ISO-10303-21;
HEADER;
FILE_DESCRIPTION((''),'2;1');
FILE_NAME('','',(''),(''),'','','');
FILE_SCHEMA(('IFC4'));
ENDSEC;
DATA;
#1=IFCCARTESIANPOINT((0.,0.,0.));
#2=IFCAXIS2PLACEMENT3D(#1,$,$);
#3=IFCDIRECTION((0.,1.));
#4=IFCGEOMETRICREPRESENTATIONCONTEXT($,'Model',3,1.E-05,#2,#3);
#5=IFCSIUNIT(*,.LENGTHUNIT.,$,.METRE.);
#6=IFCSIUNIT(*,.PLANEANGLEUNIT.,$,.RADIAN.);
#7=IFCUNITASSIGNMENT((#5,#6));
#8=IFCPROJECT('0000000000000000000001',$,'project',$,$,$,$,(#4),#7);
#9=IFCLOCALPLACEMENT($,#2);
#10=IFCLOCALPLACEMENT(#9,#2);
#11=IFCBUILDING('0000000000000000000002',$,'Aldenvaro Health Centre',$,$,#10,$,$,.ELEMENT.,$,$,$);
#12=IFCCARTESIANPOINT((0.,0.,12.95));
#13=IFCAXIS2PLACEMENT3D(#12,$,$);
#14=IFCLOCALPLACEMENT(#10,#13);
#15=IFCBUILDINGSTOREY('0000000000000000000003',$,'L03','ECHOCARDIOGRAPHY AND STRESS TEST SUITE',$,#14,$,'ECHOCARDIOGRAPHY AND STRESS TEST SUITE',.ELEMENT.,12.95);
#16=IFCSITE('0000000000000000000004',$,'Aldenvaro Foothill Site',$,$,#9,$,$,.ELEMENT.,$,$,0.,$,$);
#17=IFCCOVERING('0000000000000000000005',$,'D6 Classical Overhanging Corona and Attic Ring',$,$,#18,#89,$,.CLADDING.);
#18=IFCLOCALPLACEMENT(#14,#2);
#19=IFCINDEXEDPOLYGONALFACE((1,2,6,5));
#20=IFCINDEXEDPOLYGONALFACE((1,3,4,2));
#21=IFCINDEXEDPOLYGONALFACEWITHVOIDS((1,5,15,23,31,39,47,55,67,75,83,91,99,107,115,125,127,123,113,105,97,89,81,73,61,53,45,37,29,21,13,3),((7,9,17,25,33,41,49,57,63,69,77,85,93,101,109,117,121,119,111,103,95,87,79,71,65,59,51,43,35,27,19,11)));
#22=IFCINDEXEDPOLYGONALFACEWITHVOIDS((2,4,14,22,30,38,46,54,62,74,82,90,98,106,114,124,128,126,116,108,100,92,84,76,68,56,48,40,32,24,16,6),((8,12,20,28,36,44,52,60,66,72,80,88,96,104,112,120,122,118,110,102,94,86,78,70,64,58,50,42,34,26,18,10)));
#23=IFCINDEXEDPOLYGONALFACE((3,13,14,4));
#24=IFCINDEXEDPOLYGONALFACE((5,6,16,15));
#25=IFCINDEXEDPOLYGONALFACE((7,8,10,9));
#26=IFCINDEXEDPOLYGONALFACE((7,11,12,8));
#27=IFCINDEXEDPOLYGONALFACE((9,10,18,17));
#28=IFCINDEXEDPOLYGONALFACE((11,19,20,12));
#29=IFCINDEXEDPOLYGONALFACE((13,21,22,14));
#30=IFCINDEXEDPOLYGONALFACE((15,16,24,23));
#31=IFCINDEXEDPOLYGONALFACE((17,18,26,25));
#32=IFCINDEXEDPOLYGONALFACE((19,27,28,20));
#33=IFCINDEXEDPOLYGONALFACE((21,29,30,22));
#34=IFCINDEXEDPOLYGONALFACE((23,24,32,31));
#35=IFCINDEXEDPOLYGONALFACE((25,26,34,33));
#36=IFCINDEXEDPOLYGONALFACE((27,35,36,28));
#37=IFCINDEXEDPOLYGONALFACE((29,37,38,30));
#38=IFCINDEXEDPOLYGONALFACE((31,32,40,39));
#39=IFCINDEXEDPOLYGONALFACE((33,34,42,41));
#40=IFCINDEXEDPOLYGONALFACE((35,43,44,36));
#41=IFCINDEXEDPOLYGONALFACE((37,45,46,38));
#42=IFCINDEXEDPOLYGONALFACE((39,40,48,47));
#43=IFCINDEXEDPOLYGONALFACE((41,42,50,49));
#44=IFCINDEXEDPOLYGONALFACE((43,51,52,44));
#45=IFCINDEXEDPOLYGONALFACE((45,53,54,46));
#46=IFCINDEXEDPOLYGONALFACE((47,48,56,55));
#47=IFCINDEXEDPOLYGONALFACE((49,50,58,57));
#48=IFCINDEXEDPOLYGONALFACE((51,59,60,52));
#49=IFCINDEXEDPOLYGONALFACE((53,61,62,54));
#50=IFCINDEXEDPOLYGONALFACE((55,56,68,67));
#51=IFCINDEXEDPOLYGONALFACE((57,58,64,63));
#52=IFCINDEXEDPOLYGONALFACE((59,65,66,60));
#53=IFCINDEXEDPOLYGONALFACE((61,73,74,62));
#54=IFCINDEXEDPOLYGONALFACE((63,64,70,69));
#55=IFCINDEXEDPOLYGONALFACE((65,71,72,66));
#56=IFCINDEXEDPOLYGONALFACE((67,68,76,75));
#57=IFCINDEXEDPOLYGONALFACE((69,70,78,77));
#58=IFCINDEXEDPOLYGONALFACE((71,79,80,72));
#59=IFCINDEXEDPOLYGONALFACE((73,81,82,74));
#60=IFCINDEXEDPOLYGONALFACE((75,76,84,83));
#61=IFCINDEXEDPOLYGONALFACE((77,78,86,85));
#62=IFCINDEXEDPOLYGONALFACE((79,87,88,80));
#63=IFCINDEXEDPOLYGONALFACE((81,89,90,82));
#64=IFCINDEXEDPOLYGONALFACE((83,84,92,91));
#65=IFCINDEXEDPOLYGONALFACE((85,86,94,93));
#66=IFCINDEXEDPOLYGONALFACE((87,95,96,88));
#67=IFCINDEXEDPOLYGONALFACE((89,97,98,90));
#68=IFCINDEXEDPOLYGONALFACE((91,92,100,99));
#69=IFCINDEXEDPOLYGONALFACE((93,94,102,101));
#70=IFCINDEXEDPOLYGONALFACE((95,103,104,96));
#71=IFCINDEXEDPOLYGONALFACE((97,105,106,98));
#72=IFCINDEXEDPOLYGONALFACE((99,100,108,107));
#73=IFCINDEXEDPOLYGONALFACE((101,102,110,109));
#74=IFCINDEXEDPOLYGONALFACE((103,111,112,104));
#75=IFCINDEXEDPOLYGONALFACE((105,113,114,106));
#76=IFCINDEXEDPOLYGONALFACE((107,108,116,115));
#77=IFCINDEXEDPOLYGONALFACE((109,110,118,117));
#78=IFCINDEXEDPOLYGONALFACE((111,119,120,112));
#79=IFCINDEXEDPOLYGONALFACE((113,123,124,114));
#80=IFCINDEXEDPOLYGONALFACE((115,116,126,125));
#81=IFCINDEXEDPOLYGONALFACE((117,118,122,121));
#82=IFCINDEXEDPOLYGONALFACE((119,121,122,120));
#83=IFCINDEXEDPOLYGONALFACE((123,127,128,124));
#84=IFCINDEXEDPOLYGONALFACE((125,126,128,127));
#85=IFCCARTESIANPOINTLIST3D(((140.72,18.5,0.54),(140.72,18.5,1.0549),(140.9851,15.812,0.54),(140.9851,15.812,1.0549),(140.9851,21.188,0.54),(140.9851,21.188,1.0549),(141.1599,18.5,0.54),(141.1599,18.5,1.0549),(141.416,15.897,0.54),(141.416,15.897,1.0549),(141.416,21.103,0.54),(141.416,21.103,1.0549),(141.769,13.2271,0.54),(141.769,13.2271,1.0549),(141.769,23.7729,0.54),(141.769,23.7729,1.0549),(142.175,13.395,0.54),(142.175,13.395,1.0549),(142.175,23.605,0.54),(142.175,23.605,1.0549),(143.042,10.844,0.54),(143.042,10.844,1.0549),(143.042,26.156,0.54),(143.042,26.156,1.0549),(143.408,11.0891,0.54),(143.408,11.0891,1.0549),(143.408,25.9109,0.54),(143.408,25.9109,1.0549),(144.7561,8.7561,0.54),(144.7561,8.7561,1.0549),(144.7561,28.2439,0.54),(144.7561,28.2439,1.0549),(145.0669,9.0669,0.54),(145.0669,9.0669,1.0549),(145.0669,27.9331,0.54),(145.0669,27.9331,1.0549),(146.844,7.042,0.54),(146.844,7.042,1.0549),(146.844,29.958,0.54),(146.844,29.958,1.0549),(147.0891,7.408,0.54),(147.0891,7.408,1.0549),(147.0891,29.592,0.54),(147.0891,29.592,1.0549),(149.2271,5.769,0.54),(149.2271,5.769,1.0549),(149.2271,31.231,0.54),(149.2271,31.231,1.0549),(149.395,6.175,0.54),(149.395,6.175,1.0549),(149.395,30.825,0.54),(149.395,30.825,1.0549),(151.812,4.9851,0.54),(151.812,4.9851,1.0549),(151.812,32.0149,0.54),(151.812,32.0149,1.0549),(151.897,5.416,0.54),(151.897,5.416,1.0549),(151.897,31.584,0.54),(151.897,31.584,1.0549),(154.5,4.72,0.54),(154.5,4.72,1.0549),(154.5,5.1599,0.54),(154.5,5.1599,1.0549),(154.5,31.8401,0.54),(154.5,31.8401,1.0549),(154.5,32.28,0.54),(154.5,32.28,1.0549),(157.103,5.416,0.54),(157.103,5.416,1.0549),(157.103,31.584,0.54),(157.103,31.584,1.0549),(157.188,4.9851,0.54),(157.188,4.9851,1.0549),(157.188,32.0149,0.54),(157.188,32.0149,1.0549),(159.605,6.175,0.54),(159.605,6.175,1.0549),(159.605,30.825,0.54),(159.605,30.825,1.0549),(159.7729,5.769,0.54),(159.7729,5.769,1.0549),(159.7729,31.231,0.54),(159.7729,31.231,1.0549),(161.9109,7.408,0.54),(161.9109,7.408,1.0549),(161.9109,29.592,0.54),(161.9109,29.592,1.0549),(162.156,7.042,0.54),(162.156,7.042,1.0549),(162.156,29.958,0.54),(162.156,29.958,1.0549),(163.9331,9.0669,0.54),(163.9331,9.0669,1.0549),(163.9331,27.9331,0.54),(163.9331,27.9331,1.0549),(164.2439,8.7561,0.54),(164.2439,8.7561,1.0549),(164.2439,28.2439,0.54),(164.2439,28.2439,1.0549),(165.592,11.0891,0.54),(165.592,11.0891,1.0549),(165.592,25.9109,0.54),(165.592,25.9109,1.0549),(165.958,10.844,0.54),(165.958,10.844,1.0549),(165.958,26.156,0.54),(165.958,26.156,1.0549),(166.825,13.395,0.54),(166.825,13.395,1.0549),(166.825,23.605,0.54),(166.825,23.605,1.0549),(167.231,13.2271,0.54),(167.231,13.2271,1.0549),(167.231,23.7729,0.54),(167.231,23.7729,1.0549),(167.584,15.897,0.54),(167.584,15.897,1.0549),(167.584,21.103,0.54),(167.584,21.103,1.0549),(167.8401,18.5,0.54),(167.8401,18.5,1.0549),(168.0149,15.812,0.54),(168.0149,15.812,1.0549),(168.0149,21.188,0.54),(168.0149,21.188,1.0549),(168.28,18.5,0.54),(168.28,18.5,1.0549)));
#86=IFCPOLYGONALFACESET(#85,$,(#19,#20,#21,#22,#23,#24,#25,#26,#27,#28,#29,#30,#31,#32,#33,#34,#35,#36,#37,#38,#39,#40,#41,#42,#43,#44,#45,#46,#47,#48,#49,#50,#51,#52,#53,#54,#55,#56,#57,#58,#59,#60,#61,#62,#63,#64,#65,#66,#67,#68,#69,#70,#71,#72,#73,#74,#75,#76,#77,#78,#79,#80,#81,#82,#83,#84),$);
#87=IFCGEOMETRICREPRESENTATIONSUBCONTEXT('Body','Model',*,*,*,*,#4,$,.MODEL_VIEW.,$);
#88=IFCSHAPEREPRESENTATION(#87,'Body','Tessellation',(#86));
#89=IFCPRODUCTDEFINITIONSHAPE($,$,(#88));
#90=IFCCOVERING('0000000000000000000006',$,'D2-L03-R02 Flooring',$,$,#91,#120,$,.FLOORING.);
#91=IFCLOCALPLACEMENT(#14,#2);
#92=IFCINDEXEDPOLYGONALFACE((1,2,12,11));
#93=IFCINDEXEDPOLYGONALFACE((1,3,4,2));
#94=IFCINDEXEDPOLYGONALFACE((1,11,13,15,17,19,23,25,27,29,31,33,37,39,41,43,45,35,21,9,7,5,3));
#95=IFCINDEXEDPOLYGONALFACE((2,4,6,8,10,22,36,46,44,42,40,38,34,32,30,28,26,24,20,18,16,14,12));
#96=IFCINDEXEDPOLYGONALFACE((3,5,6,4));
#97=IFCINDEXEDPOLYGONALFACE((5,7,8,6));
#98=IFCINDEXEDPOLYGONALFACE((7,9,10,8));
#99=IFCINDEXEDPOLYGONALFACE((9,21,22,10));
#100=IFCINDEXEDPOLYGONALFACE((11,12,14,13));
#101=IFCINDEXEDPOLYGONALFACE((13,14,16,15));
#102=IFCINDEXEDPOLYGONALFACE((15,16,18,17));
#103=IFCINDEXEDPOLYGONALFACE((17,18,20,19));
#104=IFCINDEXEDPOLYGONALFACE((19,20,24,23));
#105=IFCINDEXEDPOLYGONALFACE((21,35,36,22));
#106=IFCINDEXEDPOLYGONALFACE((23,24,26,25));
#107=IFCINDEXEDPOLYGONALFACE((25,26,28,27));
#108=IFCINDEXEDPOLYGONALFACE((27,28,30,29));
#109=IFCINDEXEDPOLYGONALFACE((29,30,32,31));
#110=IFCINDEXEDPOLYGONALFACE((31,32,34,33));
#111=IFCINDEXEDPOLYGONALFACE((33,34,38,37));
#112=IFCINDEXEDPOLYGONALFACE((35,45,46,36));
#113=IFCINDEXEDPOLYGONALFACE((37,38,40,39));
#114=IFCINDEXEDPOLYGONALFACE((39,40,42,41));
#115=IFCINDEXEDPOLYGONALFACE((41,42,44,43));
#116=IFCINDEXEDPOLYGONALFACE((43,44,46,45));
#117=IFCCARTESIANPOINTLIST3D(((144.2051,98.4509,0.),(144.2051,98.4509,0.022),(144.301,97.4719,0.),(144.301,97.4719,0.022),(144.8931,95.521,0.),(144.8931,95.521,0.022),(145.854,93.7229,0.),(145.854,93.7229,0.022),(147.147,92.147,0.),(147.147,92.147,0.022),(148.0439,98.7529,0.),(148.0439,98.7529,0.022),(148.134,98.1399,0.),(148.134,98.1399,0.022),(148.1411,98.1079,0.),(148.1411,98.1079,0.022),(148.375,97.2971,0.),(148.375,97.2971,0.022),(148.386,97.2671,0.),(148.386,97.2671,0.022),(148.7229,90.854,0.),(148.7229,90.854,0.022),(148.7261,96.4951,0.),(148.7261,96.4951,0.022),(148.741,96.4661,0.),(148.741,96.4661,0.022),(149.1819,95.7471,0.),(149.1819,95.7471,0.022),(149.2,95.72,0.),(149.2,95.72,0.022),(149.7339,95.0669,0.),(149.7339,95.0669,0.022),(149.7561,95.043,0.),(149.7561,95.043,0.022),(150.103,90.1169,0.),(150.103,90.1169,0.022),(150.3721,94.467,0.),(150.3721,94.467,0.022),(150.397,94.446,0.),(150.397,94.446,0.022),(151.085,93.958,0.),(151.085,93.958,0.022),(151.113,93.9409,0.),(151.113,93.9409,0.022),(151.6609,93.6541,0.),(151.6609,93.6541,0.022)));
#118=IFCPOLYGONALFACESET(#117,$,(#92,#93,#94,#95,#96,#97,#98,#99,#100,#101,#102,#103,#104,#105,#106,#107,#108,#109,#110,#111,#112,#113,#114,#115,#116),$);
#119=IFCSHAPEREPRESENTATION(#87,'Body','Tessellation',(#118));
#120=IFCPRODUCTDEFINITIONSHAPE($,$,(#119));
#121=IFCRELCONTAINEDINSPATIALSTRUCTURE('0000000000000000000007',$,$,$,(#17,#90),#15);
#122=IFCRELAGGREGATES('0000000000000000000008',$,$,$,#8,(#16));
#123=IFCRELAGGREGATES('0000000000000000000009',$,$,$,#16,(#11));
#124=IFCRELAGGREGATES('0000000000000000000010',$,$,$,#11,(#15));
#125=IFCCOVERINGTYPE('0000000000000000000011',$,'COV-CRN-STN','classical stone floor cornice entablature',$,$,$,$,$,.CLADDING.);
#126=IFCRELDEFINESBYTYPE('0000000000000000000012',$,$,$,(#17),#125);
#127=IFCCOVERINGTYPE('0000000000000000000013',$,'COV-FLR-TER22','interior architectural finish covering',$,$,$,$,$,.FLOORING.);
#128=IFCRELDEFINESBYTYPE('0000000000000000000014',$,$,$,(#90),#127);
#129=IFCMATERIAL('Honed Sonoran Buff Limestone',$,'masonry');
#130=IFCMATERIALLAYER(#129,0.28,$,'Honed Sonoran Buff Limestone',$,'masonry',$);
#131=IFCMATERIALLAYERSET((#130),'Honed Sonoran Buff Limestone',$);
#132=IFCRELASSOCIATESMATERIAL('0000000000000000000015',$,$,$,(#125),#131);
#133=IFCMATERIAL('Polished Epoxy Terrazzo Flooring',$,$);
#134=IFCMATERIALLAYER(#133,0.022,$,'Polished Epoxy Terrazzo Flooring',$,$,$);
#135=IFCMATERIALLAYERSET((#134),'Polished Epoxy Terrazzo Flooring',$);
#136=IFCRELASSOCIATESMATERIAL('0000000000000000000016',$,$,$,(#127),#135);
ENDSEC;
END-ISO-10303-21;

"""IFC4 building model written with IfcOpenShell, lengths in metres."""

from ifc_helpers import new_model, si_unit, direction, frame, origin, place, context, subcontext, project, spatial, polyline, outline, extrude, material, layer, layer_set, type_object, element, save


model = new_model("IFC4")

# Units and contexts
model_context = context("Model", 3, precision=1e-05, world=origin(), true_north=direction((0.0, 1.0)))
body_context = subcontext(model_context, "Body", "Model", "MODEL_VIEW")
ifc_project = project(units=[si_unit("LENGTHUNIT", "METRE"), si_unit("PLANEANGLEUNIT", "RADIAN")], contexts=[model_context])

# Site, building, storey
site_placement = place(None, origin())
site = spatial("IfcSite", under=ifc_project, at=site_placement, Name="Aldenvaro Foothill Site", CompositionType="ELEMENT", RefElevation=0.0)
building_placement = place(site_placement, origin())
building = spatial("IfcBuilding", under=site, at=building_placement, Name="Aldenvaro Health Centre", CompositionType="ELEMENT")
storey_placement = place(building_placement, frame((0.0, 0.0, 12.95)))
storey = spatial("IfcBuildingStorey", under=building, at=storey_placement, Name="L03", Description="ECHOCARDIOGRAPHY AND STRESS TEST SUITE", LongName="ECHOCARDIOGRAPHY AND STRESS TEST SUITE", CompositionType="ELEMENT", Elevation=12.95)

# Coverings
ifc_material_1 = material(Name="Honed Sonoran Buff Limestone", Category="masonry")
ifc_layer_1 = layer(ifc_material_1, 0.28, Name="Honed Sonoran Buff Limestone", Category="masonry")
ifc_layer_set_1 = layer_set([ifc_layer_1], Name="Honed Sonoran Buff Limestone")
covering_type_1 = type_object("IfcCoveringType", Name="COV-CRN-STN", Description="classical stone floor cornice entablature", PredefinedType="CLADDING", material=ifc_layer_set_1)
covering_1_placement = place(storey_placement, frame((0.0, 0.0, 0.54)))
element("IfcCovering", 1, at=covering_1_placement, inside=storey, type_object=covering_type_1, Name="D6 Classical Overhanging Corona and Attic Ring", PredefinedType="CLADDING", context=body_context, shape_type="SweptSolid", body=[
    extrude(outline(polyline([(168.28, 18.5), (168.0149, 21.188), (167.231, 23.7729), (165.958, 26.156), (164.2439, 28.2439), (162.156, 29.958), (159.7729, 31.231), (157.188, 32.0149), (154.5, 32.28), (151.812, 32.0149), (149.2271, 31.231), (146.844, 29.958), (144.7561, 28.2439), (143.042, 26.156), (141.769, 23.7729), (140.9851, 21.188), (140.72, 18.5), (140.9851, 15.812), (141.769, 13.2271), (143.042, 10.844), (144.7561, 8.7561), (146.844, 7.042), (149.2271, 5.769), (151.812, 4.9851), (154.5, 4.72), (157.188, 4.9851), (159.7729, 5.769), (162.156, 7.042), (164.2439, 8.7561), (165.958, 10.844), (167.231, 13.2271), (168.0149, 15.812), (168.28, 18.5)]), holes=[polyline([(167.8401, 18.5), (167.584, 15.897), (166.825, 13.395), (165.592, 11.0891), (163.9331, 9.0669), (161.9109, 7.408), (159.605, 6.175), (157.103, 5.416), (154.5, 5.1599), (151.897, 5.416), (149.395, 6.175), (147.0891, 7.408), (145.0669, 9.0669), (143.408, 11.0891), (142.175, 13.395), (141.416, 15.897), (141.1599, 18.5), (141.416, 21.103), (142.175, 23.605), (143.408, 25.9109), (145.0669, 27.9331), (147.0891, 29.592), (149.395, 30.825), (151.897, 31.584), (154.5, 31.8401), (157.103, 31.584), (159.605, 30.825), (161.9109, 29.592), (163.9331, 27.9331), (165.592, 25.9109), (166.825, 23.605), (167.584, 21.103), (167.8401, 18.5)])]), origin(), (0.0, 0.0, 1.0), 0.5149),
])
ifc_material_2 = material(Name="Polished Epoxy Terrazzo Flooring")
ifc_layer_2 = layer(ifc_material_2, 0.022, Name="Polished Epoxy Terrazzo Flooring")
ifc_layer_set_2 = layer_set([ifc_layer_2], Name="Polished Epoxy Terrazzo Flooring")
covering_type_2 = type_object("IfcCoveringType", Name="COV-FLR-TER22", Description="interior architectural finish covering", PredefinedType="FLOORING", material=ifc_layer_set_2)
covering_2_placement = place(storey_placement, origin())
element("IfcCovering", 2, at=covering_2_placement, inside=storey, type_object=covering_type_2, Name="D2-L03-R02 Flooring", PredefinedType="FLOORING", context=body_context, shape_type="SweptSolid", body=[
    extrude(outline(polyline([(148.134, 98.1399), (148.1411, 98.1079), (148.375, 97.2971), (148.386, 97.2671), (148.7261, 96.4951), (148.741, 96.4661), (149.1819, 95.7471), (149.2, 95.72), (149.7339, 95.0669), (149.7561, 95.043), (150.3721, 94.467), (150.397, 94.446), (151.085, 93.958), (151.113, 93.9409), (151.6609, 93.6541), (150.103, 90.1169), (148.7229, 90.854), (147.147, 92.147), (145.854, 93.7229), (144.8931, 95.521), (144.301, 97.4719), (144.2051, 98.4509), (148.0439, 98.7529), (148.134, 98.1399)])), origin(), (0.0, 0.0, 1.0), 0.022),
])

save(model, "model.ifc")
